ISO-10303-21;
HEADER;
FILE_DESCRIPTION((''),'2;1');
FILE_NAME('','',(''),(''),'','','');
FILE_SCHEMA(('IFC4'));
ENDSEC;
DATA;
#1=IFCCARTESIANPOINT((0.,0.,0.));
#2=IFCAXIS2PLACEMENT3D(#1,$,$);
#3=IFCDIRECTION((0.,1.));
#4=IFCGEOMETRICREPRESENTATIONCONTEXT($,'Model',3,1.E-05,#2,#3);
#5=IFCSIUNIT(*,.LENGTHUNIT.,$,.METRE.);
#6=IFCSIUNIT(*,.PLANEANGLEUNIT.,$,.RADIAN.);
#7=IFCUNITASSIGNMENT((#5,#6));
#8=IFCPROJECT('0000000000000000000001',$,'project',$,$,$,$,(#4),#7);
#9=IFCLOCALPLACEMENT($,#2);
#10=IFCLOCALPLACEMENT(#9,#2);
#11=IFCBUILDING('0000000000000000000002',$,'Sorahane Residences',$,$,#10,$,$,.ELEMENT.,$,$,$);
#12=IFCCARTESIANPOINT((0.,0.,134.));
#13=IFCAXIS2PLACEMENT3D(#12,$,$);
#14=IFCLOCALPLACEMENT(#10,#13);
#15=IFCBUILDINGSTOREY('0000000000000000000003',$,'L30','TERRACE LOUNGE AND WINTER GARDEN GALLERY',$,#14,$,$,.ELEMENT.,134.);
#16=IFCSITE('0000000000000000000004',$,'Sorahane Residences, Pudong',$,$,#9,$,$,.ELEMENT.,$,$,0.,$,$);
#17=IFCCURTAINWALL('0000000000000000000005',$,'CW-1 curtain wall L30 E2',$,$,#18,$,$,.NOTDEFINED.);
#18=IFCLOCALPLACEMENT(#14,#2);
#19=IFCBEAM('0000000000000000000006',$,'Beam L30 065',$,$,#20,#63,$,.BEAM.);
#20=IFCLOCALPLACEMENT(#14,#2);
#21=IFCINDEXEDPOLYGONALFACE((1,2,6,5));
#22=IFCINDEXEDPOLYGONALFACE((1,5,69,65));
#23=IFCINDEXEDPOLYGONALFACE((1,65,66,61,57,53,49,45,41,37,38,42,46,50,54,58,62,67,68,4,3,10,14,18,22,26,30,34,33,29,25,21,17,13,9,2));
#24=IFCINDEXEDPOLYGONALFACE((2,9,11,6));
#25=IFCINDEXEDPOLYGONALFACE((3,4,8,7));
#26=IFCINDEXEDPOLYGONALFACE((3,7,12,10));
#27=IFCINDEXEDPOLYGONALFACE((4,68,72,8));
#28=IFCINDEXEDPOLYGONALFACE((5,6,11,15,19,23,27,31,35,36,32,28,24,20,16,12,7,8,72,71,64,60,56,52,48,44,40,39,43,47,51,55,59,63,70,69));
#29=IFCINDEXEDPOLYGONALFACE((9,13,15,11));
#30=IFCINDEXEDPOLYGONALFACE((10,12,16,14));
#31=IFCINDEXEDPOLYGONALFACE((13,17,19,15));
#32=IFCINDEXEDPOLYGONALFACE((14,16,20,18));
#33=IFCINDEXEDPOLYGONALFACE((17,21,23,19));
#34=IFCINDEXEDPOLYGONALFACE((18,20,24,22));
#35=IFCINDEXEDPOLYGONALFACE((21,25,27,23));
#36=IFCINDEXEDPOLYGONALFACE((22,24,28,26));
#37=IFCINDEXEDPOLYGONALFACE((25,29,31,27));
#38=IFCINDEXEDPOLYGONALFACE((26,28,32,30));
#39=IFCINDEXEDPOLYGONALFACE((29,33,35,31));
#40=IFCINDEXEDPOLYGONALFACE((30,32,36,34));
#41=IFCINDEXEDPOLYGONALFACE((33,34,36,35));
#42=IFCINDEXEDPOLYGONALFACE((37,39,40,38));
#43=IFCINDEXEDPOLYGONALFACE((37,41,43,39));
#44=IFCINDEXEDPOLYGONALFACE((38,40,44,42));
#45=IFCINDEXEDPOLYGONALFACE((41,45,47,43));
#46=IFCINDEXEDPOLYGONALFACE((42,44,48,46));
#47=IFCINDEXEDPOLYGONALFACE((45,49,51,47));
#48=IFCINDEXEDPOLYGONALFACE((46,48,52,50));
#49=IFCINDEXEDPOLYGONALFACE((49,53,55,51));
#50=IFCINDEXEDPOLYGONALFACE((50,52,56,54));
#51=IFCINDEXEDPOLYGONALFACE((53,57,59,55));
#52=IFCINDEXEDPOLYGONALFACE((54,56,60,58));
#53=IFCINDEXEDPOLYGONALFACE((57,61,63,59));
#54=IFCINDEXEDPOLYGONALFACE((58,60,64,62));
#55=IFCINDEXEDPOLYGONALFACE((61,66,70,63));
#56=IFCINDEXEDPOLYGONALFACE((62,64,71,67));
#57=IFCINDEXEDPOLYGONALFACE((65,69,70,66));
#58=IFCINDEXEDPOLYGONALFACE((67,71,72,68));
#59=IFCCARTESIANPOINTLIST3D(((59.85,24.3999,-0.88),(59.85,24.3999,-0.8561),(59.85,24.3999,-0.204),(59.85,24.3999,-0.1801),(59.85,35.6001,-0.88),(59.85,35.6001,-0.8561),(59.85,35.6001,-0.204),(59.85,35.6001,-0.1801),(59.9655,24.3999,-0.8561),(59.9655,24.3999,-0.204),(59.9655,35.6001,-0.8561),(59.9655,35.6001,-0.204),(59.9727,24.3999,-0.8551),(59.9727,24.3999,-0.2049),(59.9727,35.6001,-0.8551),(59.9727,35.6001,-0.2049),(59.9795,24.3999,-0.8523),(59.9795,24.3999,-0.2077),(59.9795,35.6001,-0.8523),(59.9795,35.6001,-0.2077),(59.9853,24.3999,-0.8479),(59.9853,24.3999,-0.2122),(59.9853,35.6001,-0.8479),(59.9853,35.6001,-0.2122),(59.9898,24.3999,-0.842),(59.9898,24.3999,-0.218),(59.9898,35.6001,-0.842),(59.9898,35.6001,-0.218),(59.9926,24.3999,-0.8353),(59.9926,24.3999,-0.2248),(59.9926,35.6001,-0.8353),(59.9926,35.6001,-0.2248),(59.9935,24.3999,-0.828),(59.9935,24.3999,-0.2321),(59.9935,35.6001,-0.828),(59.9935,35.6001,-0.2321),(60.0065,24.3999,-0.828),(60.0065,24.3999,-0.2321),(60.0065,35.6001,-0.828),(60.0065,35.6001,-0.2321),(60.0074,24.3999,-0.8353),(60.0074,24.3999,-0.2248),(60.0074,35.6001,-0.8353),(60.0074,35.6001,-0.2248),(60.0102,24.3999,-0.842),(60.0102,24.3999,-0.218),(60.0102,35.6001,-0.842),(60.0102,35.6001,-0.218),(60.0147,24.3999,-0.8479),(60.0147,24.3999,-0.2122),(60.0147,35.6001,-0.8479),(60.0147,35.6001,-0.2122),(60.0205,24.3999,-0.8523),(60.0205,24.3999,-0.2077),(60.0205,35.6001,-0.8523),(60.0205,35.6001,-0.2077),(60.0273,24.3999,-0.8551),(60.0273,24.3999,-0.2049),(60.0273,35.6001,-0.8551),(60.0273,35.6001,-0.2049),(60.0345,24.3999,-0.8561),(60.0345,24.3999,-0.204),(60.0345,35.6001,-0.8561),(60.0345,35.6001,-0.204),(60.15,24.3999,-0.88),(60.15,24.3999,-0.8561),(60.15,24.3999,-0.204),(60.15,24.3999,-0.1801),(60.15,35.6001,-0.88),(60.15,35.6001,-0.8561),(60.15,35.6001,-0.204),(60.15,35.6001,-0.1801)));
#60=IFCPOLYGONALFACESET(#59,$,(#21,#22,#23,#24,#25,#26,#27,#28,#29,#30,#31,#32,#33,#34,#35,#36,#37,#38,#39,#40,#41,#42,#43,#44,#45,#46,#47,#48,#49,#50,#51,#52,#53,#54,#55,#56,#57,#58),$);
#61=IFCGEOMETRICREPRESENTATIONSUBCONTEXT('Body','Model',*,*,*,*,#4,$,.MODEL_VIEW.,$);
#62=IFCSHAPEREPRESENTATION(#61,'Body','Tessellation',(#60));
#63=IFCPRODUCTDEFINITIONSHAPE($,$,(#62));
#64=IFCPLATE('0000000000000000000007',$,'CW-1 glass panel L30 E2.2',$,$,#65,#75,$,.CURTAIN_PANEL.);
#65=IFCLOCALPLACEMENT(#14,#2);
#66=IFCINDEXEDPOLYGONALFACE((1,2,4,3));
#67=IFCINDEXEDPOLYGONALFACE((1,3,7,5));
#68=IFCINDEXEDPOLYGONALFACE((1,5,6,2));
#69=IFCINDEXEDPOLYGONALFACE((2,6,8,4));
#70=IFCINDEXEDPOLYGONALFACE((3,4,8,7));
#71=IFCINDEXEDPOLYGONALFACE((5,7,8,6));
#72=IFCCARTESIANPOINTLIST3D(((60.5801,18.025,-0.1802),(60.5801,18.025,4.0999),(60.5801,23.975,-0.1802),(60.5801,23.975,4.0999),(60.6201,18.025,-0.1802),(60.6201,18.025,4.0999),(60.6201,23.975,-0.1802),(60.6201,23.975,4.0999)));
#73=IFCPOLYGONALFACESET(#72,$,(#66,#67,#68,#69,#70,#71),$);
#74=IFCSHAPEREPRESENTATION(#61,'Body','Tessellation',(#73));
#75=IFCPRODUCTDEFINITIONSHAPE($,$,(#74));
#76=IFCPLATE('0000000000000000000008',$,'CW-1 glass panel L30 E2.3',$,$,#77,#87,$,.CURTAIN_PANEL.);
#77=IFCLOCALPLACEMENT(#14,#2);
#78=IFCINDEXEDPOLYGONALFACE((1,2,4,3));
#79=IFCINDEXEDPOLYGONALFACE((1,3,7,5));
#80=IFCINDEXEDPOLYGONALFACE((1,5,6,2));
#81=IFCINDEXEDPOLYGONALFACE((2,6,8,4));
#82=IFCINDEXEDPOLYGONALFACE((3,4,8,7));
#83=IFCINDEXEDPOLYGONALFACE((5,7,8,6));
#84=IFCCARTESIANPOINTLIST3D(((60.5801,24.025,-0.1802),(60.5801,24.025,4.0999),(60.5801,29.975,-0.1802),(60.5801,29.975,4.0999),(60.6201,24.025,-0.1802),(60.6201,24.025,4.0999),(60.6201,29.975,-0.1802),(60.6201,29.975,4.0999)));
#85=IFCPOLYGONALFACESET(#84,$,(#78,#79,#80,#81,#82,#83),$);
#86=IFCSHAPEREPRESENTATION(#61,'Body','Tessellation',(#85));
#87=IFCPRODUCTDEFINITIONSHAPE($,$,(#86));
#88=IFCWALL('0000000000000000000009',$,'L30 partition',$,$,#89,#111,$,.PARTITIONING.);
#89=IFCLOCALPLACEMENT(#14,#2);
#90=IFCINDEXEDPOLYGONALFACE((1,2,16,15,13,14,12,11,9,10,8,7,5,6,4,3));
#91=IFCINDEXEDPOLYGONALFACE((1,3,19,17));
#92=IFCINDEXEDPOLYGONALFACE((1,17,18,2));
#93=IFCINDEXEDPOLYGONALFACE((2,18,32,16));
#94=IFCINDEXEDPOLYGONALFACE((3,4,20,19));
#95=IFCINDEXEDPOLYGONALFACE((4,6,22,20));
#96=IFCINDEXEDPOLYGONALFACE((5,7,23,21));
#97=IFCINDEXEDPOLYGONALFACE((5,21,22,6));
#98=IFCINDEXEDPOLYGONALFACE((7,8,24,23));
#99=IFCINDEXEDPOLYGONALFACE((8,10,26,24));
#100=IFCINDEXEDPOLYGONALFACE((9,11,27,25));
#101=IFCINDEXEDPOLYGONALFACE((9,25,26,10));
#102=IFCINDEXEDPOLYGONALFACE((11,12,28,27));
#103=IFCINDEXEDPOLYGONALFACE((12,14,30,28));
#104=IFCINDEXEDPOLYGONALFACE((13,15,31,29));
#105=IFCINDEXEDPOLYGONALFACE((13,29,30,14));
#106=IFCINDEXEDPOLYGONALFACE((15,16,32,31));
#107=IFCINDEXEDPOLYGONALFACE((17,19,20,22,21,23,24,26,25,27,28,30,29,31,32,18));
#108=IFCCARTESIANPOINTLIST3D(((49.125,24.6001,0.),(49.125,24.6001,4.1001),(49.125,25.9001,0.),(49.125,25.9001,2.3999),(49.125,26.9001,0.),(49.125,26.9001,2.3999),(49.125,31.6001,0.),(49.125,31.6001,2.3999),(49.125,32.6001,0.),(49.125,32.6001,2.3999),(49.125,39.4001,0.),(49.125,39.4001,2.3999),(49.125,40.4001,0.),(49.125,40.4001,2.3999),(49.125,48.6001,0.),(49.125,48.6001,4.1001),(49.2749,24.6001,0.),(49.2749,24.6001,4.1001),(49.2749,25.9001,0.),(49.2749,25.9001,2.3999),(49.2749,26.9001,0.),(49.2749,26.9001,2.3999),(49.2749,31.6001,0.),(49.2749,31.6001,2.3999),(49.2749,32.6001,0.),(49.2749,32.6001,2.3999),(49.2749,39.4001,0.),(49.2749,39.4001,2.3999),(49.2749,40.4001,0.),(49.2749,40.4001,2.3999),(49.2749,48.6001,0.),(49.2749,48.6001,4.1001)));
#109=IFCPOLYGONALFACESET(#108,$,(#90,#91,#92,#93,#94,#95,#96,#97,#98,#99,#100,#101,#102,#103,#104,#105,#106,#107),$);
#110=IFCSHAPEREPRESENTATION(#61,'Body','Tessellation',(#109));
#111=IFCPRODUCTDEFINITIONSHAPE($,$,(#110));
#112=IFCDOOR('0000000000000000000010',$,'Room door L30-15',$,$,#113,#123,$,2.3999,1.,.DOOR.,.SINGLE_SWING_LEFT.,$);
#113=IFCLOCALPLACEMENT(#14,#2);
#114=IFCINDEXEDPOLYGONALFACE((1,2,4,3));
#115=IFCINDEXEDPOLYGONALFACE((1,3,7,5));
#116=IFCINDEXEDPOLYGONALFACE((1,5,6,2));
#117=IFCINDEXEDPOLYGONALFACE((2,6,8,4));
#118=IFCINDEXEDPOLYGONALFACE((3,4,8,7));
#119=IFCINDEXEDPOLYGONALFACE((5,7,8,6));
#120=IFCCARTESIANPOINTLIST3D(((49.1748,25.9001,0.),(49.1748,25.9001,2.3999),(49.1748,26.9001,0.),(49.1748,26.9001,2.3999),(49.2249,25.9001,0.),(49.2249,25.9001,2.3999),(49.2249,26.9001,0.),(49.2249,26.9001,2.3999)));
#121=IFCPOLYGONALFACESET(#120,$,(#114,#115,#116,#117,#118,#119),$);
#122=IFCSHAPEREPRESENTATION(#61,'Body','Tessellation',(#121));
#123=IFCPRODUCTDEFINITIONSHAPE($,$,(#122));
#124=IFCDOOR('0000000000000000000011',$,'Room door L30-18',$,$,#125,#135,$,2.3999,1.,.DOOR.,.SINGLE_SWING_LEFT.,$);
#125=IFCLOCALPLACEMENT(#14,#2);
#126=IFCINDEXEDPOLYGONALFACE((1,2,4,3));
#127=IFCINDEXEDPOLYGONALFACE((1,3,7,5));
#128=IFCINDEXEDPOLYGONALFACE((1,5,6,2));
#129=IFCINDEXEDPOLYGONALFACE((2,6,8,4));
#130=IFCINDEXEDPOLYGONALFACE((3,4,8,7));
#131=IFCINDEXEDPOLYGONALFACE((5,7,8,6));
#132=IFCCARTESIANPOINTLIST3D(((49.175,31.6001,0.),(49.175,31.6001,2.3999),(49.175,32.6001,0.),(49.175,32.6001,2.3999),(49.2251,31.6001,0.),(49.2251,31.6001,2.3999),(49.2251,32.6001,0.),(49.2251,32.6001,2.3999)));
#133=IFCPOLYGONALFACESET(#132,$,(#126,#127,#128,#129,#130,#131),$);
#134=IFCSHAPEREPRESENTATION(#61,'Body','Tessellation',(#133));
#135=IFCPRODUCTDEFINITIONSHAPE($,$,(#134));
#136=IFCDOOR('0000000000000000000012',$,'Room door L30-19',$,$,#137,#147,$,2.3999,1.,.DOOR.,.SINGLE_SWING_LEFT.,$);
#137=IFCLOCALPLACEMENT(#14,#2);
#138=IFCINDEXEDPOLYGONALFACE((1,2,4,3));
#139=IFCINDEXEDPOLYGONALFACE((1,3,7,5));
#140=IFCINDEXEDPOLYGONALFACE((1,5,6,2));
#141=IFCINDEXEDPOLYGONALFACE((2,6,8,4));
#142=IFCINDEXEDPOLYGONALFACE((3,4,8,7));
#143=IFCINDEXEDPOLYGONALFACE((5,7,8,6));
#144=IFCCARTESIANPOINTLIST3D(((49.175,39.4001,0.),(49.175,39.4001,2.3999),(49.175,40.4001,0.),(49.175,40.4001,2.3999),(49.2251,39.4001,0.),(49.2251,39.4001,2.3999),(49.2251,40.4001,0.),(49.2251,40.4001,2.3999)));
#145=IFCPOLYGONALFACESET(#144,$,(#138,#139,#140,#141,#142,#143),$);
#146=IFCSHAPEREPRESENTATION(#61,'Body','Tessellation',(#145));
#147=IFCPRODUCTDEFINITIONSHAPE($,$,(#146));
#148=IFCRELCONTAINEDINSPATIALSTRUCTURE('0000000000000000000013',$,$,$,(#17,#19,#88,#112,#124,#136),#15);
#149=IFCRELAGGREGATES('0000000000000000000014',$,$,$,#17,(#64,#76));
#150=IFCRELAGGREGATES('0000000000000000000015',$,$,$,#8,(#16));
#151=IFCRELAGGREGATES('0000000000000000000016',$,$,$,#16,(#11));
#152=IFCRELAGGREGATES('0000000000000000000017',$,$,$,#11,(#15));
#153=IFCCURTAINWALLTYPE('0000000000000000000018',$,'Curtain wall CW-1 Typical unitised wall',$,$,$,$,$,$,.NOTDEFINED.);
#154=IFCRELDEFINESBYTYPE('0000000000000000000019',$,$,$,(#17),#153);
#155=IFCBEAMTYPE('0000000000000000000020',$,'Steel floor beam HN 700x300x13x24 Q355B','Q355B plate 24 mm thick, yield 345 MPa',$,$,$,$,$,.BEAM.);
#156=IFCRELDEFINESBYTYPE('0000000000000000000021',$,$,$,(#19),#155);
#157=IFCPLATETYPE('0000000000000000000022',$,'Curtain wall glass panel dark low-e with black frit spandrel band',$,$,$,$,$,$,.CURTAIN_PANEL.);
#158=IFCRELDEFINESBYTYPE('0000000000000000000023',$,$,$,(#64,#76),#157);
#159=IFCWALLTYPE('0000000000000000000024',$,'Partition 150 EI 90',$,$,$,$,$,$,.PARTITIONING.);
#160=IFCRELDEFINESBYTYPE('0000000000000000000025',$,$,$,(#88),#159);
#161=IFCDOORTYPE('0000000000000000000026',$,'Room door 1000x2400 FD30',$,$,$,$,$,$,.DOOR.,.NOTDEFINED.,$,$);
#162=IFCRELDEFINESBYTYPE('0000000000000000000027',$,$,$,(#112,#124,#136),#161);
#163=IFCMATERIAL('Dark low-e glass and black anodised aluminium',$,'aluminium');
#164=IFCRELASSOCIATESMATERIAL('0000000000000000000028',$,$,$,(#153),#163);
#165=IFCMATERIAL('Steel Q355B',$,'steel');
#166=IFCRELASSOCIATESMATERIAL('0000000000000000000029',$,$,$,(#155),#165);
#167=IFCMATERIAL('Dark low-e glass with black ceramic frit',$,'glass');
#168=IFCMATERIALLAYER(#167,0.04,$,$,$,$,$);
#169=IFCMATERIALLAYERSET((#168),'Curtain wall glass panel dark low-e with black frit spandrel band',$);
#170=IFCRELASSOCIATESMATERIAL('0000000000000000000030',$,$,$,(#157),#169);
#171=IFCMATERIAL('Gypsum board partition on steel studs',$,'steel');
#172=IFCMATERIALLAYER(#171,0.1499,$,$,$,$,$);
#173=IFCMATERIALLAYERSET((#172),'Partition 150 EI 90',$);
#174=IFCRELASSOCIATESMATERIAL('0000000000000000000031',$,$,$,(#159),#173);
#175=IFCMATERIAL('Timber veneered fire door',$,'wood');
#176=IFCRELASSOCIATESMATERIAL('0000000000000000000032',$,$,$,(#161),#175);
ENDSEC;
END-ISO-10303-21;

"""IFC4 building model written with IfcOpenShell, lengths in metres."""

from ifc_helpers import new_model, si_unit, direction, frame, frame_2d, origin, origin_2d, place, context, subcontext, project, spatial, rectangle, i_section, extrude, material, layer, layer_set, material_profile, profile_set, type_object, element, fill, aggregate, save


model = new_model("IFC4")

# Units and contexts
model_context = context("Model", 3, precision=1e-05, world=origin(), true_north=direction((0.0, 1.0)))
body_context = subcontext(model_context, "Body", "Model", "MODEL_VIEW")
ifc_project = project(units=[si_unit("LENGTHUNIT", "METRE"), si_unit("PLANEANGLEUNIT", "RADIAN")], contexts=[model_context])

# Site, building, storey
site_placement = place(None, origin())
site = spatial("IfcSite", under=ifc_project, at=site_placement, Name="Sorahane Residences, Pudong", CompositionType="ELEMENT", RefElevation=0.0)
building_placement = place(site_placement, origin())
building = spatial("IfcBuilding", under=site, at=building_placement, Name="Sorahane Residences", CompositionType="ELEMENT")
storey_placement = place(building_placement, frame((0.0, 0.0, 134.0)))
storey = spatial("IfcBuildingStorey", under=building, at=storey_placement, Name="L30", Description="TERRACE LOUNGE AND WINTER GARDEN GALLERY", CompositionType="ELEMENT", Elevation=134.0)

# Curtain wall
ifc_material_1 = material(Name="Dark low-e glass and black anodised aluminium", Category="aluminium")
curtain_wall_type = type_object("IfcCurtainWallType", Name="Curtain wall CW-1 Typical unitised wall", PredefinedType="NOTDEFINED", material=ifc_material_1)
curtain_wall_placement = place(storey_placement, origin())
curtain_wall = element("IfcCurtainWall", 1, at=curtain_wall_placement, inside=storey, type_object=curtain_wall_type, Name="CW-1 curtain wall L30 E2", PredefinedType="NOTDEFINED")

# Beam
ifc_material_2 = material(Name="Steel Q355B", Category="steel")
ifc_material_profile_1 = material_profile(ifc_material_2, i_section(OverallWidth=0.3, OverallDepth=0.7, WebThickness=0.0129, FlangeThickness=0.0239, FilletRadius=0.0281, at=origin_2d()), Name="HN 700x300x13x24")
ifc_profile_set_1 = profile_set([ifc_material_profile_1], Name="Steel Q355B")
beam_type_1 = type_object("IfcBeamType", Name="Steel floor beam HN 700x300x13x24 Q355B", Description="Q355B plate 24 mm thick, yield 345 MPa", PredefinedType="BEAM", material=ifc_profile_set_1)
beam_1_placement = place(storey_placement, frame((60.0, 24.3999, -0.53), z_axis=(0.0, 1.0, 0.0), x_axis=(-1.0, 0.0, 0.0)))
element("IfcBeam", 2, at=beam_1_placement, inside=storey, type_object=beam_type_1, Name="Beam L30 065", PredefinedType="BEAM", context=body_context, shape_type="SweptSolid", body=[
    extrude(i_section(OverallWidth=0.3, OverallDepth=0.7, WebThickness=0.0129, FlangeThickness=0.0239, FilletRadius=0.0281, at=origin_2d()), origin(), (0.0, 0.0, 1.0), 11.2002),
])

# Plates
ifc_material_3 = material(Name="Dark low-e glass with black ceramic frit", Category="glass")
ifc_layer_1 = layer(ifc_material_3, 0.04)
ifc_layer_set_1 = layer_set([ifc_layer_1], Name="Curtain wall glass panel dark low-e with black frit spandrel band")
plate_type = type_object("IfcPlateType", Name="Curtain wall glass panel dark low-e with black frit spandrel band", PredefinedType="CURTAIN_PANEL", material=ifc_layer_set_1)
plate_1_placement = place(storey_placement, frame((60.6001, 21.0, -0.1802), z_axis=(0.0, 0.0, 1.0), x_axis=(0.0, 1.0, 0.0)))
plate_1 = element("IfcPlate", 3, at=plate_1_placement, type_object=plate_type, Name="CW-1 glass panel L30 E2.2", PredefinedType="CURTAIN_PANEL", context=body_context, shape_type="SweptSolid", body=[
    extrude(rectangle(XDim=5.95, YDim=0.04, at=origin_2d()), origin(), (0.0, 0.0, 1.0), 4.28),
])
plate_2_placement = place(storey_placement, frame((60.6001, 27.0, -0.1802), z_axis=(0.0, 0.0, 1.0), x_axis=(0.0, 1.0, 0.0)))
plate_2 = element("IfcPlate", 4, at=plate_2_placement, type_object=plate_type, Name="CW-1 glass panel L30 E2.3", PredefinedType="CURTAIN_PANEL", context=body_context, shape_type="SweptSolid", body=[
    extrude(rectangle(XDim=5.95, YDim=0.04, at=origin_2d()), origin(), (0.0, 0.0, 1.0), 4.28),
])
aggregate(curtain_wall, [plate_1, plate_2])

# Wall, openings, doors
ifc_material_4 = material(Name="Gypsum board partition on steel studs", Category="steel")
ifc_layer_2 = layer(ifc_material_4, 0.1499)
ifc_layer_set_2 = layer_set([ifc_layer_2], Name="Partition 150 EI 90")
wall_type_1 = type_object("IfcWallType", Name="Partition 150 EI 90", PredefinedType="PARTITIONING", material=ifc_layer_set_2)
wall_1_placement = place(storey_placement, frame((49.2, 24.6001, 0.0), z_axis=(0.0, 0.0, 1.0), x_axis=(0.0, 1.0, 0.0)))
wall_1 = element("IfcWall", 5, at=wall_1_placement, inside=storey, type_object=wall_type_1, Name="L30 partition", PredefinedType="PARTITIONING", context=body_context, shape_type="SweptSolid", body=[
    extrude(rectangle(XDim=24.0, YDim=0.1499, at=frame_2d((12.0, 0.0))), origin(), (0.0, 0.0, 1.0), 4.1001),
])
opening_1_placement = place(wall_1_placement, frame((1.3, 0.0, 0.0)))
opening_1 = element("IfcOpeningElement", 6, at=opening_1_placement, cuts=wall_1, PredefinedType="OPENING", context=body_context, shape_type="SweptSolid", body=[
    extrude(rectangle(XDim=1.0, YDim=2.3999, at=frame_2d((0.5, 1.2))), frame((0.0, 0.085, 0.0), z_axis=(0.0, -1.0, 0.0), x_axis=(1.0, 0.0, 0.0)), (0.0, 0.0, 1.0), 0.1699),
])
opening_2_placement = place(wall_1_placement, frame((7.0, 0.0, 0.0)))
opening_2 = element("IfcOpeningElement", 7, at=opening_2_placement, cuts=wall_1, PredefinedType="OPENING", context=body_context, shape_type="SweptSolid", body=[
    extrude(rectangle(XDim=1.0, YDim=2.3999, at=frame_2d((0.5, 1.2))), frame((0.0, 0.085, 0.0), z_axis=(0.0, -1.0, 0.0), x_axis=(1.0, 0.0, 0.0)), (0.0, 0.0, 1.0), 0.1699),
])
opening_3_placement = place(wall_1_placement, frame((14.8, 0.0, 0.0)))
opening_3 = element("IfcOpeningElement", 8, at=opening_3_placement, cuts=wall_1, PredefinedType="OPENING", context=body_context, shape_type="SweptSolid", body=[
    extrude(rectangle(XDim=1.0, YDim=2.3999, at=frame_2d((0.5, 1.2))), frame((0.0, 0.085, 0.0), z_axis=(0.0, -1.0, 0.0), x_axis=(1.0, 0.0, 0.0)), (0.0, 0.0, 1.0), 0.1699),
])
ifc_material_5 = material(Name="Timber veneered fire door", Category="wood")
door_type_1 = type_object("IfcDoorType", Name="Room door 1000x2400 FD30", OperationType="NOTDEFINED", PredefinedType="DOOR", material=ifc_material_5)
door_1_placement = place(opening_1_placement, frame((1.0, 0.0, 0.0), z_axis=(0.0, 0.0, 1.0), x_axis=(-1.0, 0.0, 0.0)))
door_1 = element("IfcDoor", 9, at=door_1_placement, inside=storey, type_object=door_type_1, Name="Room door L30-15", OperationType="SINGLE_SWING_LEFT", OverallHeight=2.3999, OverallWidth=1.0, PredefinedType="DOOR", context=body_context, shape_type="SweptSolid", body=[
    extrude(rectangle(XDim=1.0, YDim=2.3999, at=frame_2d((0.5, 1.2))), frame((0.0, 0.0249, 0.0), z_axis=(0.0, -1.0, 0.0), x_axis=(1.0, 0.0, 0.0)), (0.0, 0.0, 1.0), 0.05),
])
fill(opening_1, door_1)
door_2_placement = place(opening_2_placement, origin())
door_2 = element("IfcDoor", 10, at=door_2_placement, inside=storey, type_object=door_type_1, Name="Room door L30-18", OperationType="SINGLE_SWING_LEFT", OverallHeight=2.3999, OverallWidth=1.0, PredefinedType="DOOR", context=body_context, shape_type="SweptSolid", body=[
    extrude(rectangle(XDim=1.0, YDim=2.3999, at=frame_2d((0.5, 1.2))), frame((0.0, 0.0249, 0.0), z_axis=(0.0, -1.0, 0.0), x_axis=(1.0, 0.0, 0.0)), (0.0, 0.0, 1.0), 0.05),
])
fill(opening_2, door_2)
door_3_placement = place(opening_3_placement, origin())
door_3 = element("IfcDoor", 11, at=door_3_placement, inside=storey, type_object=door_type_1, Name="Room door L30-19", OperationType="SINGLE_SWING_LEFT", OverallHeight=2.3999, OverallWidth=1.0, PredefinedType="DOOR", context=body_context, shape_type="SweptSolid", body=[
    extrude(rectangle(XDim=1.0, YDim=2.3999, at=frame_2d((0.5, 1.2))), frame((0.0, 0.0249, 0.0), z_axis=(0.0, -1.0, 0.0), x_axis=(1.0, 0.0, 0.0)), (0.0, 0.0, 1.0), 0.05),
])
fill(opening_3, door_3)

save(model, "model.ifc")
